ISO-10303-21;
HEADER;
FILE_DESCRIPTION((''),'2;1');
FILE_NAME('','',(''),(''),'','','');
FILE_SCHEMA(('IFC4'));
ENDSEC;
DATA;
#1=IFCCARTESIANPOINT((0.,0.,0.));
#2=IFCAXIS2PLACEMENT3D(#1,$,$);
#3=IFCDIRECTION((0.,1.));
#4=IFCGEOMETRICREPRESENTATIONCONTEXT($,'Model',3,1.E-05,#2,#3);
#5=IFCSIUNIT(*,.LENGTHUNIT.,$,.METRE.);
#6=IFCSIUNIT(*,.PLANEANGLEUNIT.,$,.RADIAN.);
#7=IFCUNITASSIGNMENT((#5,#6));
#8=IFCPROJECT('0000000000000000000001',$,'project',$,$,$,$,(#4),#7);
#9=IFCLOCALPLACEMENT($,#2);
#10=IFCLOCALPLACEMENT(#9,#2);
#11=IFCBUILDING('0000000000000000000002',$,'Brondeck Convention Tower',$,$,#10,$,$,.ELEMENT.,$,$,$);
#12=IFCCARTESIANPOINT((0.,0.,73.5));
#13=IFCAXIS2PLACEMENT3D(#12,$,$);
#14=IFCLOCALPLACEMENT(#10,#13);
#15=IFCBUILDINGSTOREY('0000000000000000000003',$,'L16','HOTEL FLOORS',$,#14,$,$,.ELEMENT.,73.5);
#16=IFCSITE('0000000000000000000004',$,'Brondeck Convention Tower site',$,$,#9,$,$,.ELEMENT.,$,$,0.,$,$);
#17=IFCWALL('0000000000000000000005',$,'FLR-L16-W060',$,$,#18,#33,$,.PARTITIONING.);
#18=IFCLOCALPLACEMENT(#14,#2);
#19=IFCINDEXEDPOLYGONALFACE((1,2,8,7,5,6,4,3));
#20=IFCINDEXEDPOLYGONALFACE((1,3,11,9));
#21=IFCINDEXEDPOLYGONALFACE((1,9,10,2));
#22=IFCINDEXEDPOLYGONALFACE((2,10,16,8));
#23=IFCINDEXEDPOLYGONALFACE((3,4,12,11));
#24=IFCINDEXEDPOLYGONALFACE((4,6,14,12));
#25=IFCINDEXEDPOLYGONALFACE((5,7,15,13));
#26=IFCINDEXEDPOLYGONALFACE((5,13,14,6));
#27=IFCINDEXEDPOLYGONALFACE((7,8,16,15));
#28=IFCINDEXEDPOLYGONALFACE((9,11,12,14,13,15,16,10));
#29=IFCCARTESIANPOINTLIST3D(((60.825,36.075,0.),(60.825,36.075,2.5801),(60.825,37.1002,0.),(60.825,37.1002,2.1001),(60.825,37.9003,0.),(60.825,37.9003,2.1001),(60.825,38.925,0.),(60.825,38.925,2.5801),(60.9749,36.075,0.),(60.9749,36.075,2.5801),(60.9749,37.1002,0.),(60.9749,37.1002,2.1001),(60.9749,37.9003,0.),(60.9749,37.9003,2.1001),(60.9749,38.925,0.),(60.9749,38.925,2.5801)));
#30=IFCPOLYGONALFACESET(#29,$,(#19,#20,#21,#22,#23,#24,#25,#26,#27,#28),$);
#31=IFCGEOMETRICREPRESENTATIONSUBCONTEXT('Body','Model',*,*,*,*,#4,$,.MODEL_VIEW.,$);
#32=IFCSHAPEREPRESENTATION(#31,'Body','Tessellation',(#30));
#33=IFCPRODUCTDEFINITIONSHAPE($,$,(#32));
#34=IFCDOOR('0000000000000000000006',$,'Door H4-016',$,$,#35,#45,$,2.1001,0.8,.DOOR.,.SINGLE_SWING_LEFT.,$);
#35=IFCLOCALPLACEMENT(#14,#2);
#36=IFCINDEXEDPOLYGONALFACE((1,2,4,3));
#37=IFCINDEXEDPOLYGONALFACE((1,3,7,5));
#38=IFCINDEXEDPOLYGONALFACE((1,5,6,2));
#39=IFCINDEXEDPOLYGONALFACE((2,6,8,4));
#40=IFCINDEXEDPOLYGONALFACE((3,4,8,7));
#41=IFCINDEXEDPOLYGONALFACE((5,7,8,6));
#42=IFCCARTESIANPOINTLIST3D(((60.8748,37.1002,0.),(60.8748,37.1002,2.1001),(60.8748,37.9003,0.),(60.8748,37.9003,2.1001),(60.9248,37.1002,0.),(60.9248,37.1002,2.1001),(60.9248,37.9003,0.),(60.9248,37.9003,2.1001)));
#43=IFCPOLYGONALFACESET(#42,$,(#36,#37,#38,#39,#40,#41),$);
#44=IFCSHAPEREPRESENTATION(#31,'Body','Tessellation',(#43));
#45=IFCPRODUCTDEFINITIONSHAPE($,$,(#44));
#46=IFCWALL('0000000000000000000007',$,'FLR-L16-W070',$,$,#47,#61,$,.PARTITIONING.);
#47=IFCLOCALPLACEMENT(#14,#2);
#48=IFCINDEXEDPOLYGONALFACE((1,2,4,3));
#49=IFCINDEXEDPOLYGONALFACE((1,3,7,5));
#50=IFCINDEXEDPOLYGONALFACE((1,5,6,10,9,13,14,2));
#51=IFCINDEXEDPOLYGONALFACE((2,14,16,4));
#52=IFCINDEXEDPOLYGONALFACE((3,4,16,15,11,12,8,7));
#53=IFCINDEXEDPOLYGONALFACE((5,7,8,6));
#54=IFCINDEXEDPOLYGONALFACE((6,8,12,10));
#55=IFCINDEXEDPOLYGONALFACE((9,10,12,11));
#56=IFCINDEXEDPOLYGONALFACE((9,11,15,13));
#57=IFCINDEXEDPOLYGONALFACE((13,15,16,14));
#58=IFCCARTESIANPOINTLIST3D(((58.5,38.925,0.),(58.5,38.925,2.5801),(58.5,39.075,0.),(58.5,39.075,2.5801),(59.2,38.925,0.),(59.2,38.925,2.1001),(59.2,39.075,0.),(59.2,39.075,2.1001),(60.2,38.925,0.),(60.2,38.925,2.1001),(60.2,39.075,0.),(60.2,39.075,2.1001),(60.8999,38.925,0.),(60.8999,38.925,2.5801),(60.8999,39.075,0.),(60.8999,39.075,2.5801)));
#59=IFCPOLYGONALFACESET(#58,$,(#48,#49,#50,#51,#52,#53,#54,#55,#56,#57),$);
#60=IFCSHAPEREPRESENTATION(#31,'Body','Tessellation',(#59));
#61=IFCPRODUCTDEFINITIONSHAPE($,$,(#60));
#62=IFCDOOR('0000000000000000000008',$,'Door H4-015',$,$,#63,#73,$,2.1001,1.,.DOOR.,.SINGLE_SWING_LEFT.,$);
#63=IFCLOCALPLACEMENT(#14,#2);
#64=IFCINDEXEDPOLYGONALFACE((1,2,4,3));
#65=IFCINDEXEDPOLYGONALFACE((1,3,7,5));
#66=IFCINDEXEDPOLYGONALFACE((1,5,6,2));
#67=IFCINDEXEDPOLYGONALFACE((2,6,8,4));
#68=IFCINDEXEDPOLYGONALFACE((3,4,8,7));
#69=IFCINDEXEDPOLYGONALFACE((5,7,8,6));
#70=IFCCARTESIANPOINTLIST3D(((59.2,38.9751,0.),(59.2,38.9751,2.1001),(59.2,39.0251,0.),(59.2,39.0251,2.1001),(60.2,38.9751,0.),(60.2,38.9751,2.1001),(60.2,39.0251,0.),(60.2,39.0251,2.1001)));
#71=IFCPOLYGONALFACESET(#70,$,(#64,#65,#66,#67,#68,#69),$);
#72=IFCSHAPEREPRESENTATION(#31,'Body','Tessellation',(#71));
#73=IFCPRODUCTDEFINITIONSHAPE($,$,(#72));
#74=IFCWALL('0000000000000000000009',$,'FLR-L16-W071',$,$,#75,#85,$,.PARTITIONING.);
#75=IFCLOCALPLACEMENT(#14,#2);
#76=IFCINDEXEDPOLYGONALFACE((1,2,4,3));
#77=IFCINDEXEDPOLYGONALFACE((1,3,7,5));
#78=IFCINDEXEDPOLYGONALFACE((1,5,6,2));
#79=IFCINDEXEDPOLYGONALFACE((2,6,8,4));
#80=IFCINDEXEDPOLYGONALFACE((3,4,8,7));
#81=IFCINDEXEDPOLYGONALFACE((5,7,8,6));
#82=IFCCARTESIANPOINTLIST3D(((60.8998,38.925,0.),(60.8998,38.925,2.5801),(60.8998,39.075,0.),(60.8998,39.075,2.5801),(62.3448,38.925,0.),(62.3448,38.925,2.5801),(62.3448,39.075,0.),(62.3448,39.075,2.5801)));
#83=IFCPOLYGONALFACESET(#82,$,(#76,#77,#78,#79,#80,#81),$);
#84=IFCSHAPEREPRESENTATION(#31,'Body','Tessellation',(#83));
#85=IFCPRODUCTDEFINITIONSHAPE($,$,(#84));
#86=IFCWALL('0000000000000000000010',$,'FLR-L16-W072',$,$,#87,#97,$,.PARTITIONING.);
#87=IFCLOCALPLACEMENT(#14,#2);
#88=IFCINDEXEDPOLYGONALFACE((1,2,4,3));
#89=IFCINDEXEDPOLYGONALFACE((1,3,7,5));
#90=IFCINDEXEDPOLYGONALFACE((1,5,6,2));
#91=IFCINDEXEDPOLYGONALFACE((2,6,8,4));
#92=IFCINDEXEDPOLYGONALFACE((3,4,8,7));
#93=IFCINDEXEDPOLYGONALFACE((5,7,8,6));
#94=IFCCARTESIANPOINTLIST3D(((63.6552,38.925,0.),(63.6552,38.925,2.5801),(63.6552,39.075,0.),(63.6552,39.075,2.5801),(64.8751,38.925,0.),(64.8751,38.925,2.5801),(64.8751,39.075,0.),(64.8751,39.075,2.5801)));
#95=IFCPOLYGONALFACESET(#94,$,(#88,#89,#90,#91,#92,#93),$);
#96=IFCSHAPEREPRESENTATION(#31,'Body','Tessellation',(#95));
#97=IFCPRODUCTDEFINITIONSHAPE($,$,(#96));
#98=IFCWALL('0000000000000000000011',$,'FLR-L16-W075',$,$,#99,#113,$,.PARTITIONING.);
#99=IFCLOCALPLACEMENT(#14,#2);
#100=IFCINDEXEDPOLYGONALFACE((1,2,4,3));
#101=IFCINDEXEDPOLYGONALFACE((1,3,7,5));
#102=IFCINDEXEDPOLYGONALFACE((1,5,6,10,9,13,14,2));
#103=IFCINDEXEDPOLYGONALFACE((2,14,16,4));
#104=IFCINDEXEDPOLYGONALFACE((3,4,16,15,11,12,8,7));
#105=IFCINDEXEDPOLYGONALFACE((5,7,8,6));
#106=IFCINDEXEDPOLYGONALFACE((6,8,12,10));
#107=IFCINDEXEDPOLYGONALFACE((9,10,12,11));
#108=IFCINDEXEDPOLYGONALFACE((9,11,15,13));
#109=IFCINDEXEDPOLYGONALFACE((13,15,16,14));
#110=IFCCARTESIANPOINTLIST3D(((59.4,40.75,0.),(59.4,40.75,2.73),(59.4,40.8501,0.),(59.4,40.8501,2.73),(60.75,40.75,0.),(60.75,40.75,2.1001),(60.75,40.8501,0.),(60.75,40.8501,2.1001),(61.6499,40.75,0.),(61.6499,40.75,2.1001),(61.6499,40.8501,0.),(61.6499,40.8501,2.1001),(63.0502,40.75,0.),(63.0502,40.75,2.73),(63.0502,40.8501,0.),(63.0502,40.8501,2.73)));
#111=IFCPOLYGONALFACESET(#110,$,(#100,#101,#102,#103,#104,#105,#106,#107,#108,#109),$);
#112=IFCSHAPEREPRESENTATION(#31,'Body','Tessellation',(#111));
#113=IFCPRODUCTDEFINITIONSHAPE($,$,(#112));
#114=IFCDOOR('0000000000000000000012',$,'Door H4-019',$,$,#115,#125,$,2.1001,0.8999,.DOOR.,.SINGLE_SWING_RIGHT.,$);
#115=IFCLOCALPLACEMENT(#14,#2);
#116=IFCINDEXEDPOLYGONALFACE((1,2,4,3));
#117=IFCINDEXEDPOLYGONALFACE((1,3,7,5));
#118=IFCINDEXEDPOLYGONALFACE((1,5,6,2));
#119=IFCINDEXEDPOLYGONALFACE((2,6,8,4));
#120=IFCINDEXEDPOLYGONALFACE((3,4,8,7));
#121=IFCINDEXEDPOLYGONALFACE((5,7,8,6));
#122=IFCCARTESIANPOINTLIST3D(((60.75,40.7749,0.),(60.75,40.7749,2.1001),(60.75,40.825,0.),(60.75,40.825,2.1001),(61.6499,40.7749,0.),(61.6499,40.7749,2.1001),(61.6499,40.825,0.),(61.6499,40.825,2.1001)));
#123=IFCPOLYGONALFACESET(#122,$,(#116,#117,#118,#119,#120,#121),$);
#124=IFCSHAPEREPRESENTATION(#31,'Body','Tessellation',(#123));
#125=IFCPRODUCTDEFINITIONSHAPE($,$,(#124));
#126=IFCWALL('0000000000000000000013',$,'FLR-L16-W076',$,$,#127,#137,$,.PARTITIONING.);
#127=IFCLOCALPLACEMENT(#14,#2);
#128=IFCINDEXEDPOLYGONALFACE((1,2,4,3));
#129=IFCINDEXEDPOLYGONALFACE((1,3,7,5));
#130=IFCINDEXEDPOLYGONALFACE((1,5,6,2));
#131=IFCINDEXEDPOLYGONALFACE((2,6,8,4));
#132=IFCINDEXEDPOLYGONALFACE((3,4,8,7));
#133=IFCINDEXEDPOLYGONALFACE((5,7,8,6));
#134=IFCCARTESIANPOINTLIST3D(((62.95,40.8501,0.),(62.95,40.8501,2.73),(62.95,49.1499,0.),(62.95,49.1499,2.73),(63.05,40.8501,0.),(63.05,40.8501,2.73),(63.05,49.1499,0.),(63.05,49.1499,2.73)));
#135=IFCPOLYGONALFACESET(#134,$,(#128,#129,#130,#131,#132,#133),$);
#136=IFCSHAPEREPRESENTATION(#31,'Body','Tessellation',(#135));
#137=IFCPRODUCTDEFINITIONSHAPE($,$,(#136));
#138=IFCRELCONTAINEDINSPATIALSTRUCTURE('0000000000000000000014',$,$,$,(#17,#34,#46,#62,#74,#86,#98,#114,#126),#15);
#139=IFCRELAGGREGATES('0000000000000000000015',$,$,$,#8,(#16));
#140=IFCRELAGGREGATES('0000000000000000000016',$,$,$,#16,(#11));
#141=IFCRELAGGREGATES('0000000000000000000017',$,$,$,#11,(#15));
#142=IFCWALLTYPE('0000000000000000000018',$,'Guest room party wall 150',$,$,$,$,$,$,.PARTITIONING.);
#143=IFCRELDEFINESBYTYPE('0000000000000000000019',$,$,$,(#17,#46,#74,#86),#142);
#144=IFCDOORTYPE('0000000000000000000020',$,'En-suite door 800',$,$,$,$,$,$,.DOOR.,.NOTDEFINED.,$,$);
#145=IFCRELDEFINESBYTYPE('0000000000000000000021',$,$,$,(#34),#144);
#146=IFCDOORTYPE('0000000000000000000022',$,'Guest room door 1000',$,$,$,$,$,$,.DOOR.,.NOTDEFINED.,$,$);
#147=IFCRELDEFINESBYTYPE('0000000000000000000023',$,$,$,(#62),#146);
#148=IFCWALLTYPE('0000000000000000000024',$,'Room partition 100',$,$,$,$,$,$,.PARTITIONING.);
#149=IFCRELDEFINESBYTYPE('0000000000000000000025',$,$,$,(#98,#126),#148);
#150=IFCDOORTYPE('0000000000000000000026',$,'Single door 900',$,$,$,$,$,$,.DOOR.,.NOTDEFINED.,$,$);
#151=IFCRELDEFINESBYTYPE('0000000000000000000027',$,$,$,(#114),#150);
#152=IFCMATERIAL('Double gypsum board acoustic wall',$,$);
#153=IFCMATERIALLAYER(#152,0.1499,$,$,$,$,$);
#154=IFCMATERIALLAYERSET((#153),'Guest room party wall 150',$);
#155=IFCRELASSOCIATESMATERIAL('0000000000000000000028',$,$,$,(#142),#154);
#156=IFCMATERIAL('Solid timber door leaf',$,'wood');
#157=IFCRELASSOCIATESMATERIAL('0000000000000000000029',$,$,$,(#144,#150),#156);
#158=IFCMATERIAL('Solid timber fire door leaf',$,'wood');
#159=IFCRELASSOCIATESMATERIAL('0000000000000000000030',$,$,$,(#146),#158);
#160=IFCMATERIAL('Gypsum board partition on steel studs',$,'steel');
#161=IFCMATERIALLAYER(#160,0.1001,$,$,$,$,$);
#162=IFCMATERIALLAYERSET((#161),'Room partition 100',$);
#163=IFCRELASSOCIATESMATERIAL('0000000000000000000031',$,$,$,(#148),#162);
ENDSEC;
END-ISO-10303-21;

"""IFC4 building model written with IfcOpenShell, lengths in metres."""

from ifc_helpers import new_model, si_unit, direction, frame, frame_2d, origin, place, context, subcontext, project, spatial, rectangle, extrude, material, layer, layer_set, type_object, element, fill, save


model = new_model("IFC4")

# Units and contexts
model_context = context("Model", 3, precision=1e-05, world=origin(), true_north=direction((0.0, 1.0)))
body_context = subcontext(model_context, "Body", "Model", "MODEL_VIEW")
ifc_project = project(units=[si_unit("LENGTHUNIT", "METRE"), si_unit("PLANEANGLEUNIT", "RADIAN")], contexts=[model_context])

# Site, building, storey
site_placement = place(None, origin())
site = spatial("IfcSite", under=ifc_project, at=site_placement, Name="Brondeck Convention Tower site", CompositionType="ELEMENT", RefElevation=0.0)
building_placement = place(site_placement, origin())
building = spatial("IfcBuilding", under=site, at=building_placement, Name="Brondeck Convention Tower", CompositionType="ELEMENT")
storey_placement = place(building_placement, frame((0.0, 0.0, 73.5)))
storey = spatial("IfcBuildingStorey", under=building, at=storey_placement, Name="L16", Description="HOTEL FLOORS", CompositionType="ELEMENT", Elevation=73.5)

# Shared definitions
ifc_material_1 = material(Name="Double gypsum board acoustic wall")
ifc_layer_1 = layer(ifc_material_1, 0.1499)
ifc_layer_set_1 = layer_set([ifc_layer_1], Name="Guest room party wall 150")
wall_type_1 = type_object("IfcWallType", Name="Guest room party wall 150", PredefinedType="PARTITIONING", material=ifc_layer_set_1)

# Walls, openings, doors
wall_1_placement = place(storey_placement, frame((60.8999, 38.925, 0.0), z_axis=(0.0, 0.0, 1.0), x_axis=(0.0, -1.0, 0.0)))
wall_1 = element("IfcWall", 1, at=wall_1_placement, inside=storey, type_object=wall_type_1, Name="FLR-L16-W060", PredefinedType="PARTITIONING", context=body_context, shape_type="SweptSolid", body=[
    extrude(rectangle(XDim=2.8501, YDim=0.1499, at=frame_2d((1.425, 0.0))), origin(), (0.0, 0.0, 1.0), 2.5801),
])
opening_1_placement = place(wall_1_placement, frame((1.0249, 0.0, 0.0)))
opening_1 = element("IfcOpeningElement", 2, at=opening_1_placement, cuts=wall_1, PredefinedType="OPENING", context=body_context, shape_type="SweptSolid", body=[
    extrude(rectangle(XDim=0.8, YDim=2.1001, at=frame_2d((0.3999, 1.05))), frame((0.0, 0.085, 0.0), z_axis=(0.0, -1.0, 0.0), x_axis=(1.0, 0.0, 0.0)), (0.0, 0.0, 1.0), 0.1699),
])
ifc_material_2 = material(Name="Solid timber door leaf", Category="wood")
door_type_1 = type_object("IfcDoorType", Name="En-suite door 800", OperationType="NOTDEFINED", PredefinedType="DOOR", material=ifc_material_2)
door_1_placement = place(opening_1_placement, origin())
door_1 = element("IfcDoor", 3, at=door_1_placement, inside=storey, type_object=door_type_1, Name="Door H4-016", OperationType="SINGLE_SWING_LEFT", OverallHeight=2.1001, OverallWidth=0.8, PredefinedType="DOOR", context=body_context, shape_type="SweptSolid", body=[
    extrude(rectangle(XDim=0.8, YDim=2.1001, at=frame_2d((0.3999, 1.05))), frame((0.0, 0.0249, 0.0), z_axis=(0.0, -1.0, 0.0), x_axis=(1.0, 0.0, 0.0)), (0.0, 0.0, 1.0), 0.05),
])
fill(opening_1, door_1)
wall_2_placement = place(storey_placement, frame((60.8999, 39.0, 0.0), z_axis=(0.0, 0.0, 1.0), x_axis=(-1.0, 0.0, 0.0)))
wall_2 = element("IfcWall", 4, at=wall_2_placement, inside=storey, type_object=wall_type_1, Name="FLR-L16-W070", PredefinedType="PARTITIONING", context=body_context, shape_type="SweptSolid", body=[
    extrude(rectangle(XDim=2.3999, YDim=0.1499, at=frame_2d((1.2, 0.0))), origin(), (0.0, 0.0, 1.0), 2.5801),
])
opening_2_placement = place(wall_2_placement, frame((0.7, 0.0, 0.0)))
opening_2 = element("IfcOpeningElement", 5, at=opening_2_placement, cuts=wall_2, PredefinedType="OPENING", context=body_context, shape_type="SweptSolid", body=[
    extrude(rectangle(XDim=1.0, YDim=2.1001, at=frame_2d((0.5, 1.05))), frame((0.0, 0.085, 0.0), z_axis=(0.0, -1.0, 0.0), x_axis=(1.0, 0.0, 0.0)), (0.0, 0.0, 1.0), 0.1699),
])
ifc_material_3 = material(Name="Solid timber fire door leaf", Category="wood")
door_type_2 = type_object("IfcDoorType", Name="Guest room door 1000", OperationType="NOTDEFINED", PredefinedType="DOOR", material=ifc_material_3)
door_2_placement = place(opening_2_placement, origin())
door_2 = element("IfcDoor", 6, at=door_2_placement, inside=storey, type_object=door_type_2, Name="Door H4-015", OperationType="SINGLE_SWING_LEFT", OverallHeight=2.1001, OverallWidth=1.0, PredefinedType="DOOR", context=body_context, shape_type="SweptSolid", body=[
    extrude(rectangle(XDim=1.0, YDim=2.1001, at=frame_2d((0.5, 1.05))), frame((0.0, 0.0249, 0.0), z_axis=(0.0, -1.0, 0.0), x_axis=(1.0, 0.0, 0.0)), (0.0, 0.0, 1.0), 0.05),
])
fill(opening_2, door_2)

# Walls
wall_3_placement = place(storey_placement, frame((62.345, 39.0, 0.0), z_axis=(0.0, 0.0, 1.0), x_axis=(-1.0, 0.0, 0.0)))
element("IfcWall", 7, at=wall_3_placement, inside=storey, type_object=wall_type_1, Name="FLR-L16-W071", PredefinedType="PARTITIONING", context=body_context, shape_type="SweptSolid", body=[
    extrude(rectangle(XDim=1.4451, YDim=0.1499, at=frame_2d((0.7227, 0.0))), origin(), (0.0, 0.0, 1.0), 2.5801),
])
wall_4_placement = place(storey_placement, frame((64.875, 39.0, 0.0), z_axis=(0.0, 0.0, 1.0), x_axis=(-1.0, 0.0, 0.0)))
element("IfcWall", 8, at=wall_4_placement, inside=storey, type_object=wall_type_1, Name="FLR-L16-W072", PredefinedType="PARTITIONING", context=body_context, shape_type="SweptSolid", body=[
    extrude(rectangle(XDim=1.22, YDim=0.1499, at=frame_2d((0.6099, 0.0))), origin(), (0.0, 0.0, 1.0), 2.5801),
])

# Wall, opening, door
ifc_material_4 = material(Name="Gypsum board partition on steel studs", Category="steel")
ifc_layer_2 = layer(ifc_material_4, 0.1001)
ifc_layer_set_2 = layer_set([ifc_layer_2], Name="Room partition 100")
wall_type_2 = type_object("IfcWallType", Name="Room partition 100", PredefinedType="PARTITIONING", material=ifc_layer_set_2)
wall_5_placement = place(storey_placement, frame((59.3999, 40.8, 0.0), z_axis=(0.0, 0.0, 1.0), x_axis=(1.0, 0.0, 0.0)))
wall_5 = element("IfcWall", 9, at=wall_5_placement, inside=storey, type_object=wall_type_2, Name="FLR-L16-W075", PredefinedType="PARTITIONING", context=body_context, shape_type="SweptSolid", body=[
    extrude(rectangle(XDim=3.6501, YDim=0.1001, at=frame_2d((1.8252, 0.0))), origin(), (0.0, 0.0, 1.0), 2.73),
])
opening_3_placement = place(wall_5_placement, frame((1.3501, 0.0, 0.0)))
opening_3 = element("IfcOpeningElement", 10, at=opening_3_placement, cuts=wall_5, PredefinedType="OPENING", context=body_context, shape_type="SweptSolid", body=[
    extrude(rectangle(XDim=0.8999, YDim=2.1001, at=frame_2d((0.45, 1.05))), frame((0.0, 0.0601, 0.0), z_axis=(0.0, -1.0, 0.0), x_axis=(1.0, 0.0, 0.0)), (0.0, 0.0, 1.0), 0.1201),
])
door_type_3 = type_object("IfcDoorType", Name="Single door 900", OperationType="NOTDEFINED", PredefinedType="DOOR", material=ifc_material_2)
door_3_placement = place(opening_3_placement, origin())
door_3 = element("IfcDoor", 11, at=door_3_placement, inside=storey, type_object=door_type_3, Name="Door H4-019", OperationType="SINGLE_SWING_RIGHT", OverallHeight=2.1001, OverallWidth=0.8999, PredefinedType="DOOR", context=body_context, shape_type="SweptSolid", body=[
    extrude(rectangle(XDim=0.8999, YDim=2.1001, at=frame_2d((0.45, 1.05))), frame((0.0, 0.0249, 0.0), z_axis=(0.0, -1.0, 0.0), x_axis=(1.0, 0.0, 0.0)), (0.0, 0.0, 1.0), 0.05),
])
fill(opening_3, door_3)

# Wall
wall_6_placement = place(storey_placement, frame((63.0, 40.8501, 0.0), z_axis=(0.0, 0.0, 1.0), x_axis=(0.0, 1.0, 0.0)))
element("IfcWall", 12, at=wall_6_placement, inside=storey, type_object=wall_type_2, Name="FLR-L16-W076", PredefinedType="PARTITIONING", context=body_context, shape_type="SweptSolid", body=[
    extrude(rectangle(XDim=8.2998, YDim=0.1001, at=frame_2d((4.1499, 0.0))), origin(), (0.0, 0.0, 1.0), 2.73),
])

save(model, "model.ifc")
